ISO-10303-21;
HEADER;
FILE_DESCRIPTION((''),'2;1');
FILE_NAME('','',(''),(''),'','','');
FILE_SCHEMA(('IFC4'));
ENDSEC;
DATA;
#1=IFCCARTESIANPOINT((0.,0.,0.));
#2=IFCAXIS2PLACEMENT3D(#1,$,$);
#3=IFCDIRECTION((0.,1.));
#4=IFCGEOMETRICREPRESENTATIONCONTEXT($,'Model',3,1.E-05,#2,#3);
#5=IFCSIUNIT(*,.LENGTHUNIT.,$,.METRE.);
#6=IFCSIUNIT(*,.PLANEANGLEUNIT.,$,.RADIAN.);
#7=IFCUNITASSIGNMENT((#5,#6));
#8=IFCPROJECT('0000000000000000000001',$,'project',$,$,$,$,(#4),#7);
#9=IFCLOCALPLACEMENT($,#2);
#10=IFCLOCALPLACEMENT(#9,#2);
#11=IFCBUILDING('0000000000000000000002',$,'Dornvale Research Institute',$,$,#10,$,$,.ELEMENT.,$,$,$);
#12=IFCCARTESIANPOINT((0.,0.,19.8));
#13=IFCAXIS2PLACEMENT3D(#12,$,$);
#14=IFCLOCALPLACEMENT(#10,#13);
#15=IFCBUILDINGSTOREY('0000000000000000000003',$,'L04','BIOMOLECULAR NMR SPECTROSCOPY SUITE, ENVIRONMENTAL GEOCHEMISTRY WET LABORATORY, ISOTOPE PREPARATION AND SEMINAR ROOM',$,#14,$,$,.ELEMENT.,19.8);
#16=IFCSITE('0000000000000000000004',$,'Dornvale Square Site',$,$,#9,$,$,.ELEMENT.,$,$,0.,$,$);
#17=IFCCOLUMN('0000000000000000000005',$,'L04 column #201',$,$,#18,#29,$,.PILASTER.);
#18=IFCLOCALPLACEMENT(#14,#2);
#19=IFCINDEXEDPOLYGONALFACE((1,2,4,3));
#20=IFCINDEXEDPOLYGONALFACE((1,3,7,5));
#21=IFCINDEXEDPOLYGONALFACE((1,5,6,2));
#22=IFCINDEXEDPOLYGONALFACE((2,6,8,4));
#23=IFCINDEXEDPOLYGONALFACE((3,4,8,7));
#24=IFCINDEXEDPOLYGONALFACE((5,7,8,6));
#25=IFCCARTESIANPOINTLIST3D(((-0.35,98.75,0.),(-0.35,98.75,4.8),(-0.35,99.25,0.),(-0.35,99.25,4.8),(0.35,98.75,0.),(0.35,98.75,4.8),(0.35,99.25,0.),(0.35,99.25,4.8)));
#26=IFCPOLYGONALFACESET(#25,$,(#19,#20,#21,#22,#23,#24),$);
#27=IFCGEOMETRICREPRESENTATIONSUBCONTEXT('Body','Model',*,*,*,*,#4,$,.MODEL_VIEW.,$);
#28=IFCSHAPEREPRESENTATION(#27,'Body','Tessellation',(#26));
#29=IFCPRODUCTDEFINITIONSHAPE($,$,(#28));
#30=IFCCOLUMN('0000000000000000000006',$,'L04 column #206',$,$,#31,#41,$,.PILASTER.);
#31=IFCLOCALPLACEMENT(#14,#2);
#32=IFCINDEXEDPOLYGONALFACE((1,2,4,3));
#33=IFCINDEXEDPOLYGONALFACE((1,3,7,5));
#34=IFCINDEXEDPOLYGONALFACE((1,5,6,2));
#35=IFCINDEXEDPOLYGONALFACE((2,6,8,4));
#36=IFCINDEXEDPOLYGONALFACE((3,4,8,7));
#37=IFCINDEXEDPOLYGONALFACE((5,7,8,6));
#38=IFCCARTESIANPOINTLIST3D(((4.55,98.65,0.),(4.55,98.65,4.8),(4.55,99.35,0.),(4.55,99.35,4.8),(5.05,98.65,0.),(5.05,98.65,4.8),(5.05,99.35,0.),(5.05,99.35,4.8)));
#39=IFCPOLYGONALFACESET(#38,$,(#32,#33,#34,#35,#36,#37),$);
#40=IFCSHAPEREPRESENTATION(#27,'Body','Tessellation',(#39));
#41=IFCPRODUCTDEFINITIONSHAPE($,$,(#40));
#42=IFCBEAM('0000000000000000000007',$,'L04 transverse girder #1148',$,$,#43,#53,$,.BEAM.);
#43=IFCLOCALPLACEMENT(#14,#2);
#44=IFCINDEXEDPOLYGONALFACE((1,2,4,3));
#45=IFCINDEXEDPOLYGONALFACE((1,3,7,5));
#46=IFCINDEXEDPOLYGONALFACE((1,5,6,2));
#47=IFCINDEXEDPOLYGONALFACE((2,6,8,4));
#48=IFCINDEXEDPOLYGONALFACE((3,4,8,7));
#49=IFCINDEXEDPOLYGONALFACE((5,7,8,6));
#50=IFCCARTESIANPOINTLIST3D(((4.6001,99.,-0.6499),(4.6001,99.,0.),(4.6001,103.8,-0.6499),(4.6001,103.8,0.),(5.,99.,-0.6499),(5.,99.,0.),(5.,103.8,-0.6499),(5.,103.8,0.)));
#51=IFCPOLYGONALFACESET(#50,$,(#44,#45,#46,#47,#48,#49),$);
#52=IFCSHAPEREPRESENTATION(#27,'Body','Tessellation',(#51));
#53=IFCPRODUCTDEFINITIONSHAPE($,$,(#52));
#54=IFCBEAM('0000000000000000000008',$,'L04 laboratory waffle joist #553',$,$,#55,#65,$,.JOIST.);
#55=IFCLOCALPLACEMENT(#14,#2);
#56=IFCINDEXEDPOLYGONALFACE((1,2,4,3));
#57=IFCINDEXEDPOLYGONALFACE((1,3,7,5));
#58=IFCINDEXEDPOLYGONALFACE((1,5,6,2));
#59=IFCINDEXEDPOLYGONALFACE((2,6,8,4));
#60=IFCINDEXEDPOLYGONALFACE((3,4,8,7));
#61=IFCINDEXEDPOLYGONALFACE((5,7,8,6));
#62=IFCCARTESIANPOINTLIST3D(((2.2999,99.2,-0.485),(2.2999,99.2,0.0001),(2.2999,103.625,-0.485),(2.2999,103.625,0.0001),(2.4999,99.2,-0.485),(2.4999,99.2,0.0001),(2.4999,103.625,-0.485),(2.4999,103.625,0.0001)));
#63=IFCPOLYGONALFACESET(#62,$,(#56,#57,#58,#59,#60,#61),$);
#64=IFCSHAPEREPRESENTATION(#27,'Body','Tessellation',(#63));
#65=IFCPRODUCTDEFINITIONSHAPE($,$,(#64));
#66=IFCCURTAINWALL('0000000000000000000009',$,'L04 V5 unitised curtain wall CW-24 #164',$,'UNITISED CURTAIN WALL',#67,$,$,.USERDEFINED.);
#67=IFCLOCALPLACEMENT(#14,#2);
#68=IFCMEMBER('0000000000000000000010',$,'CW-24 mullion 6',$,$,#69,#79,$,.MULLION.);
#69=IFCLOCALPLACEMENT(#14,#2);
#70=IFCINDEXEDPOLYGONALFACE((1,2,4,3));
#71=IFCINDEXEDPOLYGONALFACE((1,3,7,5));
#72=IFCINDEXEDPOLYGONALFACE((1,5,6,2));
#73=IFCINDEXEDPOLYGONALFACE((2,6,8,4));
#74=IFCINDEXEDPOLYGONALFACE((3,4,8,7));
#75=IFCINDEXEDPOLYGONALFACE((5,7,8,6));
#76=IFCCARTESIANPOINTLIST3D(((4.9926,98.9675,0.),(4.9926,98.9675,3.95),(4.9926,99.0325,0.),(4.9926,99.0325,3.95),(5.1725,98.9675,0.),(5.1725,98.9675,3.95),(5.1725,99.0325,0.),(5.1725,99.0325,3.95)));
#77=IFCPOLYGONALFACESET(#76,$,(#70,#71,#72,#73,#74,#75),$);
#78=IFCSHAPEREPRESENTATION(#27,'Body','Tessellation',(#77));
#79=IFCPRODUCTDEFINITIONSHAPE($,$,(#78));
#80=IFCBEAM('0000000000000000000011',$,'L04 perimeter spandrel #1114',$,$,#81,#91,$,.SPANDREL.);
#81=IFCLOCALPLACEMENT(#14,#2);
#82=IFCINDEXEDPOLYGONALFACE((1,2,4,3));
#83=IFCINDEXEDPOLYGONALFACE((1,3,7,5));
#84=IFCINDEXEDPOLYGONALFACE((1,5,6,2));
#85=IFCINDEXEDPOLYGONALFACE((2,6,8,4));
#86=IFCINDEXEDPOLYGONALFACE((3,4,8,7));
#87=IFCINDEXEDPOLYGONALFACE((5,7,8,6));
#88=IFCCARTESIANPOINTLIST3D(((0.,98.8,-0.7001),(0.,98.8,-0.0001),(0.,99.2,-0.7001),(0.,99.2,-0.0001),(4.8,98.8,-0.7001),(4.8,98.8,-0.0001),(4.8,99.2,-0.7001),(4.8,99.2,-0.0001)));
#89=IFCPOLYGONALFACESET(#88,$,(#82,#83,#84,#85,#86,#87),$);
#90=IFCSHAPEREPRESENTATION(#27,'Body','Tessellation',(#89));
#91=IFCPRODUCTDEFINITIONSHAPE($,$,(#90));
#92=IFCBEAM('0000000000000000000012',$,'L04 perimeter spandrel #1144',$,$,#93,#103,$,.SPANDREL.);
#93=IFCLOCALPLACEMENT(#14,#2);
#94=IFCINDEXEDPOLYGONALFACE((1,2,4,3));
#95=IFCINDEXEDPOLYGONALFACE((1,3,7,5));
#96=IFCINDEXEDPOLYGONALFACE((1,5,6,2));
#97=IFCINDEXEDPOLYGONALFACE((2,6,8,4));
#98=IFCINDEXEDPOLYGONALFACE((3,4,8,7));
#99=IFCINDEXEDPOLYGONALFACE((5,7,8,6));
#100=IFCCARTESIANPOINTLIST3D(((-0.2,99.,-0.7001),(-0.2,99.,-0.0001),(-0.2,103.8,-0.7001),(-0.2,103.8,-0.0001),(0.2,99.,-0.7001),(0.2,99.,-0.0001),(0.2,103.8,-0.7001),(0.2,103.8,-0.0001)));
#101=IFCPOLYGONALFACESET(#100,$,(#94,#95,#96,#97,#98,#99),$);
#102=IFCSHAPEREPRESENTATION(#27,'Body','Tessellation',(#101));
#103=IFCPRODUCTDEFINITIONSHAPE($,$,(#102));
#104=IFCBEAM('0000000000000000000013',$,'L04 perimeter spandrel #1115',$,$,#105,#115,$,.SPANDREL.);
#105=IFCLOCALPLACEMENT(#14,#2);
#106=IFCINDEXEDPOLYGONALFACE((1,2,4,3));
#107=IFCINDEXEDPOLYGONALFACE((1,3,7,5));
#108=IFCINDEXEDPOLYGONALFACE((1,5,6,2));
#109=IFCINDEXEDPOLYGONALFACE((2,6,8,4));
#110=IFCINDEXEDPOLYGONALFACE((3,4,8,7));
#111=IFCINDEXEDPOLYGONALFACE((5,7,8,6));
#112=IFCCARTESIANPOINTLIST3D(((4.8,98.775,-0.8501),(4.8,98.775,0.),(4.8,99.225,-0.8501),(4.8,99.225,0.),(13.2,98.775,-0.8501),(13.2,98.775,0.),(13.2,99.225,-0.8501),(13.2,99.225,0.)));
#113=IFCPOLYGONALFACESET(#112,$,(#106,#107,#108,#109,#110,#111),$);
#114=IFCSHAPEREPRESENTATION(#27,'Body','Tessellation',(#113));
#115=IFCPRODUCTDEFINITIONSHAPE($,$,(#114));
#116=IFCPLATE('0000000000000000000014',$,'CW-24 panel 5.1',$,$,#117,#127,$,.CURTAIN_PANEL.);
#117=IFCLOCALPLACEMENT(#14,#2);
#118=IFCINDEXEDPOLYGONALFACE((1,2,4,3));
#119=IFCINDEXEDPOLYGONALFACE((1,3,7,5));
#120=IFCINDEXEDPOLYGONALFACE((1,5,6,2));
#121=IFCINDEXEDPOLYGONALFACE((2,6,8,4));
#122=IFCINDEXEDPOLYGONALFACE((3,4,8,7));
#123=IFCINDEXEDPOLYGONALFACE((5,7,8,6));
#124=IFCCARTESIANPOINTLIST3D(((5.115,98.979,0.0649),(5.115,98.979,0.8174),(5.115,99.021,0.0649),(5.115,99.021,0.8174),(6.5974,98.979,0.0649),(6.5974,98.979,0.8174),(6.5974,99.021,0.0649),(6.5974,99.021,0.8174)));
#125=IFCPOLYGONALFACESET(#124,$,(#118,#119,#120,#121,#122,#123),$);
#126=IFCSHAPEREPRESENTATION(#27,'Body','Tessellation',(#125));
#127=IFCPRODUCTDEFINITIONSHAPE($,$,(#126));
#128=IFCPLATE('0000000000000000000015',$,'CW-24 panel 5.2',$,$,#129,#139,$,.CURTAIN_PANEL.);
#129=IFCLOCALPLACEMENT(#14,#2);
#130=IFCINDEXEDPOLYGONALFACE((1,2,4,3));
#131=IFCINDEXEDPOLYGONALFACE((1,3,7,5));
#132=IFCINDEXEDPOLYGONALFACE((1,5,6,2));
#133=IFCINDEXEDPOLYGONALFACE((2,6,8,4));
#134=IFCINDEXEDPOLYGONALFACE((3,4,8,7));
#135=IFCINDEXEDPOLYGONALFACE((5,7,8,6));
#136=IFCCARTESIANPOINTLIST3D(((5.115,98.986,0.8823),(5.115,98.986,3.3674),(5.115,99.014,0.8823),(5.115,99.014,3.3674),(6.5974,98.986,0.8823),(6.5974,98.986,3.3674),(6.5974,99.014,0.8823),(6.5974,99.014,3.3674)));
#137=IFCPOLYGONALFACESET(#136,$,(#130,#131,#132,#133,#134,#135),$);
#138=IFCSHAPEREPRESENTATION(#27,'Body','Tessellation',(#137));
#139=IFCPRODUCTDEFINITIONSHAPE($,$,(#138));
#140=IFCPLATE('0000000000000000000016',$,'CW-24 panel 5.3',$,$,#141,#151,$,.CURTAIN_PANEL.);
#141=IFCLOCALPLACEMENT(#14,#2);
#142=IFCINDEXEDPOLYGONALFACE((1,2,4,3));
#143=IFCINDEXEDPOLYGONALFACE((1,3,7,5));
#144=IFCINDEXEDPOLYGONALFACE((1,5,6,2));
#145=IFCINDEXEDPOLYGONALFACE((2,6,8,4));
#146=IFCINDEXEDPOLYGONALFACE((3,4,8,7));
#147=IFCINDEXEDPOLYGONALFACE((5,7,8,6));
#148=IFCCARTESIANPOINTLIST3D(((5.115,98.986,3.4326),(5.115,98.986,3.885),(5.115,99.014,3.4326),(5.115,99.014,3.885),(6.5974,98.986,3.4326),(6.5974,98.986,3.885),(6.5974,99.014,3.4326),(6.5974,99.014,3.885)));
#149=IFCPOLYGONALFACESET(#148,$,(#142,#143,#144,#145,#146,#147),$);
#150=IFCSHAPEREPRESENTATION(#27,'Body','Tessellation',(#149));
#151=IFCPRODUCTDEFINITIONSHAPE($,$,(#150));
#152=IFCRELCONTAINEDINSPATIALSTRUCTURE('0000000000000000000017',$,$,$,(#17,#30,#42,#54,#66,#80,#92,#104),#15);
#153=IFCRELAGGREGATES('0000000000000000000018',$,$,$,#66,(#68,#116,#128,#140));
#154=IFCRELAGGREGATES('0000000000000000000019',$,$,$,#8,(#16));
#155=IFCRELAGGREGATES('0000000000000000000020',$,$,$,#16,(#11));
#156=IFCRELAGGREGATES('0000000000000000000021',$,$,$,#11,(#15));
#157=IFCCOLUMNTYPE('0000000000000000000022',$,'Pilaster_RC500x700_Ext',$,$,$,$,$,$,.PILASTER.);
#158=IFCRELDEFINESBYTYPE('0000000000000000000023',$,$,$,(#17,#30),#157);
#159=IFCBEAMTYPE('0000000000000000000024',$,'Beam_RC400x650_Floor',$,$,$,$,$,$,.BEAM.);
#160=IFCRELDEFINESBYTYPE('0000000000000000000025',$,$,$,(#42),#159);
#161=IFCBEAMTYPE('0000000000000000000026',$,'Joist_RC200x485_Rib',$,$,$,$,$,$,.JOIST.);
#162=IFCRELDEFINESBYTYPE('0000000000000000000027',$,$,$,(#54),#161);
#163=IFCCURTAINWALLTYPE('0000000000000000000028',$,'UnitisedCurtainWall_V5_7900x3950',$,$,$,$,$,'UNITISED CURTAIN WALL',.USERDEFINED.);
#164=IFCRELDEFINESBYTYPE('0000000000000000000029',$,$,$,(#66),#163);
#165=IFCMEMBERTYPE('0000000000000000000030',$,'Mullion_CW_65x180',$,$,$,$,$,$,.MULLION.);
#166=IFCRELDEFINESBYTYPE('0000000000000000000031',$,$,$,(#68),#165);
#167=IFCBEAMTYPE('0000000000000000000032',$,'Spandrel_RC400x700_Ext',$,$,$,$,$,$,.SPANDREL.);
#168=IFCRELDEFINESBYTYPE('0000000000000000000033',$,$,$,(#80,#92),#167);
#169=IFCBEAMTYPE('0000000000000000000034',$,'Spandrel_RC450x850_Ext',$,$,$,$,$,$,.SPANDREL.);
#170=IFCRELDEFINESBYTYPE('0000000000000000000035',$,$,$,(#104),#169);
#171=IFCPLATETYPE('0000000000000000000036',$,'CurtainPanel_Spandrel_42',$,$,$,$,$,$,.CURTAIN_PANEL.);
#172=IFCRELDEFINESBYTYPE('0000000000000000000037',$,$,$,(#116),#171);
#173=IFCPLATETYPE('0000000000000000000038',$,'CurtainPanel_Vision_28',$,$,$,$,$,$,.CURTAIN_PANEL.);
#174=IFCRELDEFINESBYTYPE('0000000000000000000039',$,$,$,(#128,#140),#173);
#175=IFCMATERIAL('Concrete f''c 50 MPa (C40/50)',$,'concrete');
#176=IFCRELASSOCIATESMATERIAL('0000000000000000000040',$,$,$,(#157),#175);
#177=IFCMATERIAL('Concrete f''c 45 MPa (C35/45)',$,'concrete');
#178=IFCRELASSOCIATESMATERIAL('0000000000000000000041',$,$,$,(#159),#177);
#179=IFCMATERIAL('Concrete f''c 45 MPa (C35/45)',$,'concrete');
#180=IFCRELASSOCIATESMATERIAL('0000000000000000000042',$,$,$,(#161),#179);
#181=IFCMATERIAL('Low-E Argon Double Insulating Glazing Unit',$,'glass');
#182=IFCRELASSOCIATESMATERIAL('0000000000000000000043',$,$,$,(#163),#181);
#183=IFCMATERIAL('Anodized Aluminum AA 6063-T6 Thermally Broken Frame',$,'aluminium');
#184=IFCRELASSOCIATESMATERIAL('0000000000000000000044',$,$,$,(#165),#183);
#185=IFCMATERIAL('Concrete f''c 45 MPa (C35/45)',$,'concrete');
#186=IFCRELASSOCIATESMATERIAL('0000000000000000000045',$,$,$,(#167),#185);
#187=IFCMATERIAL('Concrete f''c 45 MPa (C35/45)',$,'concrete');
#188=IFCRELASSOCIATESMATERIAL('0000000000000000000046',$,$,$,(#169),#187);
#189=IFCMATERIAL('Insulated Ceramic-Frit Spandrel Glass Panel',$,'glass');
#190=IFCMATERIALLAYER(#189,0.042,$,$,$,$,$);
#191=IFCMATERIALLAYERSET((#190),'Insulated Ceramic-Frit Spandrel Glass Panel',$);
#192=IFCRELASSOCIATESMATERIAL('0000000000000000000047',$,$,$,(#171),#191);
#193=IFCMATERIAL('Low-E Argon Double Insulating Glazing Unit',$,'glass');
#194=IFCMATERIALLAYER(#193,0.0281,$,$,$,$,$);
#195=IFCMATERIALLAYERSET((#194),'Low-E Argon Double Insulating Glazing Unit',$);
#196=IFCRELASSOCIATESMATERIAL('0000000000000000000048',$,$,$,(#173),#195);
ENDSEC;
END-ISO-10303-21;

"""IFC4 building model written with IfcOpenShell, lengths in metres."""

from ifc_helpers import new_model, si_unit, direction, frame, origin, origin_2d, place, context, subcontext, project, spatial, rectangle, extrude, material, layer, layer_set, material_profile, profile_set, type_object, element, aggregate, save


model = new_model("IFC4")

# Units and contexts
model_context = context("Model", 3, precision=1e-05, world=origin(), true_north=direction((0.0, 1.0)))
body_context = subcontext(model_context, "Body", "Model", "MODEL_VIEW")
ifc_project = project(units=[si_unit("LENGTHUNIT", "METRE"), si_unit("PLANEANGLEUNIT", "RADIAN")], contexts=[model_context])

# Site, building, storey
site_placement = place(None, origin())
site = spatial("IfcSite", under=ifc_project, at=site_placement, Name="Dornvale Square Site", CompositionType="ELEMENT", RefElevation=0.0)
building_placement = place(site_placement, origin())
building = spatial("IfcBuilding", under=site, at=building_placement, Name="Dornvale Research Institute", CompositionType="ELEMENT")
storey_placement = place(building_placement, frame((0.0, 0.0, 19.8)))
storey = spatial("IfcBuildingStorey", under=building, at=storey_placement, Name="L04", Description="BIOMOLECULAR NMR SPECTROSCOPY SUITE, ENVIRONMENTAL GEOCHEMISTRY WET LABORATORY, ISOTOPE PREPARATION AND SEMINAR ROOM", CompositionType="ELEMENT", Elevation=19.8)

# Columns
ifc_material_1 = material(Name="Concrete f'c 50 MPa (C40/50)", Category="concrete")
ifc_material_profile_1 = material_profile(ifc_material_1, rectangle(XDim=0.5, YDim=0.7, at=origin_2d()), Name="RC 500x700")
ifc_profile_set_1 = profile_set([ifc_material_profile_1], Name="Concrete f'c 50 MPa (C40/50)")
column_type = type_object("IfcColumnType", Name="Pilaster_RC500x700_Ext", PredefinedType="PILASTER", material=ifc_profile_set_1)
for number, where, z_axis, x_axis, name in (
    (1, (0.0, 99.0, 0.0), (0.0, 0.0, 1.0), (0.0, 1.0, 0.0), "L04 column #201"),
    (2, (4.8, 99.0, 0.0), (0.0, 0.0, 1.0), (1.0, 0.0, 0.0), "L04 column #206"),
):
    element("IfcColumn", number, at=place(storey_placement, frame(where, z_axis=z_axis, x_axis=x_axis)), inside=storey, type_object=column_type, Name=name, PredefinedType="PILASTER", context=body_context, shape_type="SweptSolid", body=[
        extrude(rectangle(XDim=0.5, YDim=0.7, at=origin_2d()), origin(), (0.0, 0.0, 1.0), 4.8),
    ])

# Beams
ifc_material_2 = material(Name="Concrete f'c 45 MPa (C35/45)", Category="concrete")
ifc_material_profile_2 = material_profile(ifc_material_2, rectangle(XDim=0.3999, YDim=0.6499, at=origin_2d()), Name="RC 400x650")
ifc_profile_set_2 = profile_set([ifc_material_profile_2], Name="Concrete f'c 45 MPa (C35/45)")
beam_type_1 = type_object("IfcBeamType", Name="Beam_RC400x650_Floor", PredefinedType="BEAM", material=ifc_profile_set_2)
beam_1_placement = place(storey_placement, frame((4.8, 99.0, -0.325), z_axis=(0.0, 1.0, 0.0), x_axis=(-1.0, 0.0, 0.0)))
element("IfcBeam", 3, at=beam_1_placement, inside=storey, type_object=beam_type_1, Name="L04 transverse girder #1148", PredefinedType="BEAM", context=body_context, shape_type="SweptSolid", body=[
    extrude(rectangle(XDim=0.3999, YDim=0.6499, at=origin_2d()), origin(), (0.0, 0.0, 1.0), 4.8),
])
ifc_material_3 = material(Name="Concrete f'c 45 MPa (C35/45)", Category="concrete")
ifc_material_profile_3 = material_profile(ifc_material_3, rectangle(XDim=0.2, YDim=0.4851, at=origin_2d()), Name="RC 200x485")
ifc_profile_set_3 = profile_set([ifc_material_profile_3], Name="Concrete f'c 45 MPa (C35/45)")
beam_type_2 = type_object("IfcBeamType", Name="Joist_RC200x485_Rib", PredefinedType="JOIST", material=ifc_profile_set_3)
beam_2_placement = place(storey_placement, frame((2.3999, 99.2, -0.2424), z_axis=(0.0, 1.0, 0.0), x_axis=(-1.0, 0.0, 0.0)))
element("IfcBeam", 4, at=beam_2_placement, inside=storey, type_object=beam_type_2, Name="L04 laboratory waffle joist #553", PredefinedType="JOIST", context=body_context, shape_type="SweptSolid", body=[
    extrude(rectangle(XDim=0.2, YDim=0.4851, at=origin_2d()), origin(), (0.0, 0.0, 1.0), 4.425),
])

# Curtain wall, member
ifc_material_4 = material(Name="Low-E Argon Double Insulating Glazing Unit", Category="glass")
curtain_wall_type = type_object("IfcCurtainWallType", Name="UnitisedCurtainWall_V5_7900x3950", ElementType="UNITISED CURTAIN WALL", PredefinedType="USERDEFINED", material=ifc_material_4)
curtain_wall_placement = place(storey_placement, origin())
curtain_wall = element("IfcCurtainWall", 5, at=curtain_wall_placement, inside=storey, type_object=curtain_wall_type, Name="L04 V5 unitised curtain wall CW-24 #164", ObjectType="UNITISED CURTAIN WALL", PredefinedType="USERDEFINED")
ifc_material_5 = material(Name="Anodized Aluminum AA 6063-T6 Thermally Broken Frame", Category="aluminium")
ifc_material_profile_4 = material_profile(ifc_material_5, rectangle(XDim=0.0649, YDim=0.1799, at=origin_2d()), Name="ALU MULLION 65x180")
ifc_profile_set_4 = profile_set([ifc_material_profile_4], Name="Anodized Aluminum AA 6063-T6 Thermally Broken Frame")
member_type = type_object("IfcMemberType", Name="Mullion_CW_65x180", PredefinedType="MULLION", material=ifc_profile_set_4)
member_placement = place(storey_placement, frame((5.0825, 99.0, 0.0), z_axis=(0.0, 0.0, 1.0), x_axis=(0.0, -1.0, 0.0)))
member = element("IfcMember", 6, at=member_placement, type_object=member_type, Name="CW-24 mullion 6", PredefinedType="MULLION", context=body_context, shape_type="SweptSolid", body=[
    extrude(rectangle(XDim=0.0649, YDim=0.1799, at=origin_2d()), origin(), (0.0, 0.0, 1.0), 3.95),
])

# Beams
ifc_material_6 = material(Name="Concrete f'c 45 MPa (C35/45)", Category="concrete")
ifc_material_profile_5 = material_profile(ifc_material_6, rectangle(XDim=0.3999, YDim=0.7, at=origin_2d()), Name="RC 400x700")
ifc_profile_set_5 = profile_set([ifc_material_profile_5], Name="Concrete f'c 45 MPa (C35/45)")
beam_type_3 = type_object("IfcBeamType", Name="Spandrel_RC400x700_Ext", PredefinedType="SPANDREL", material=ifc_profile_set_5)
for number, where, z_axis, x_axis, name in (
    (7, (0.0, 99.0, -0.3501), (1.0, 0.0, 0.0), (0.0, 1.0, 0.0), "L04 perimeter spandrel #1114"),
    (8, (0.0, 99.0, -0.3501), (0.0, 1.0, 0.0), (-1.0, 0.0, 0.0), "L04 perimeter spandrel #1144"),
):
    element("IfcBeam", number, at=place(storey_placement, frame(where, z_axis=z_axis, x_axis=x_axis)), inside=storey, type_object=beam_type_3, Name=name, PredefinedType="SPANDREL", context=body_context, shape_type="SweptSolid", body=[
        extrude(rectangle(XDim=0.3999, YDim=0.7, at=origin_2d()), origin(), (0.0, 0.0, 1.0), 4.8),
    ])
ifc_material_7 = material(Name="Concrete f'c 45 MPa (C35/45)", Category="concrete")
ifc_material_profile_6 = material_profile(ifc_material_7, rectangle(XDim=0.45, YDim=0.8501, at=origin_2d()), Name="RC 450x850")
ifc_profile_set_6 = profile_set([ifc_material_profile_6], Name="Concrete f'c 45 MPa (C35/45)")
beam_type_4 = type_object("IfcBeamType", Name="Spandrel_RC450x850_Ext", PredefinedType="SPANDREL", material=ifc_profile_set_6)
beam_3_placement = place(storey_placement, frame((4.8, 99.0, -0.425), z_axis=(1.0, 0.0, 0.0), x_axis=(0.0, 1.0, 0.0)))
element("IfcBeam", 9, at=beam_3_placement, inside=storey, type_object=beam_type_4, Name="L04 perimeter spandrel #1115", PredefinedType="SPANDREL", context=body_context, shape_type="SweptSolid", body=[
    extrude(rectangle(XDim=0.45, YDim=0.8501, at=origin_2d()), origin(), (0.0, 0.0, 1.0), 8.3999),
])

# Plates
ifc_material_8 = material(Name="Insulated Ceramic-Frit Spandrel Glass Panel", Category="glass")
ifc_layer_1 = layer(ifc_material_8, 0.042)
ifc_layer_set_1 = layer_set([ifc_layer_1], Name="Insulated Ceramic-Frit Spandrel Glass Panel")
plate_type_1 = type_object("IfcPlateType", Name="CurtainPanel_Spandrel_42", PredefinedType="CURTAIN_PANEL", material=ifc_layer_set_1)
plate_1_placement = place(storey_placement, frame((5.8562, 99.0, 0.0649), z_axis=(0.0, 0.0, 1.0), x_axis=(-1.0, 0.0, 0.0)))
plate_1 = element("IfcPlate", 10, at=plate_1_placement, type_object=plate_type_1, Name="CW-24 panel 5.1", PredefinedType="CURTAIN_PANEL", context=body_context, shape_type="SweptSolid", body=[
    extrude(rectangle(XDim=1.4824, YDim=0.042, at=origin_2d()), origin(), (0.0, 0.0, 1.0), 0.7524),
])
ifc_material_9 = material(Name="Low-E Argon Double Insulating Glazing Unit", Category="glass")
ifc_layer_2 = layer(ifc_material_9, 0.0281)
ifc_layer_set_2 = layer_set([ifc_layer_2], Name="Low-E Argon Double Insulating Glazing Unit")
plate_type_2 = type_object("IfcPlateType", Name="CurtainPanel_Vision_28", PredefinedType="CURTAIN_PANEL", material=ifc_layer_set_2)
plate_2_placement = place(storey_placement, frame((5.8562, 99.0, 0.8823), z_axis=(0.0, 0.0, 1.0), x_axis=(-1.0, 0.0, 0.0)))
plate_2 = element("IfcPlate", 11, at=plate_2_placement, type_object=plate_type_2, Name="CW-24 panel 5.2", PredefinedType="CURTAIN_PANEL", context=body_context, shape_type="SweptSolid", body=[
    extrude(rectangle(XDim=1.4824, YDim=0.0281, at=origin_2d()), origin(), (0.0, 0.0, 1.0), 2.4851),
])
plate_3_placement = place(storey_placement, frame((5.8562, 99.0, 3.4326), z_axis=(0.0, 0.0, 1.0), x_axis=(-1.0, 0.0, 0.0)))
plate_3 = element("IfcPlate", 12, at=plate_3_placement, type_object=plate_type_2, Name="CW-24 panel 5.3", PredefinedType="CURTAIN_PANEL", context=body_context, shape_type="SweptSolid", body=[
    extrude(rectangle(XDim=1.4824, YDim=0.0281, at=origin_2d()), origin(), (0.0, 0.0, 1.0), 0.4524),
])
aggregate(curtain_wall, [member, plate_1, plate_2, plate_3])

save(model, "model.ifc")
